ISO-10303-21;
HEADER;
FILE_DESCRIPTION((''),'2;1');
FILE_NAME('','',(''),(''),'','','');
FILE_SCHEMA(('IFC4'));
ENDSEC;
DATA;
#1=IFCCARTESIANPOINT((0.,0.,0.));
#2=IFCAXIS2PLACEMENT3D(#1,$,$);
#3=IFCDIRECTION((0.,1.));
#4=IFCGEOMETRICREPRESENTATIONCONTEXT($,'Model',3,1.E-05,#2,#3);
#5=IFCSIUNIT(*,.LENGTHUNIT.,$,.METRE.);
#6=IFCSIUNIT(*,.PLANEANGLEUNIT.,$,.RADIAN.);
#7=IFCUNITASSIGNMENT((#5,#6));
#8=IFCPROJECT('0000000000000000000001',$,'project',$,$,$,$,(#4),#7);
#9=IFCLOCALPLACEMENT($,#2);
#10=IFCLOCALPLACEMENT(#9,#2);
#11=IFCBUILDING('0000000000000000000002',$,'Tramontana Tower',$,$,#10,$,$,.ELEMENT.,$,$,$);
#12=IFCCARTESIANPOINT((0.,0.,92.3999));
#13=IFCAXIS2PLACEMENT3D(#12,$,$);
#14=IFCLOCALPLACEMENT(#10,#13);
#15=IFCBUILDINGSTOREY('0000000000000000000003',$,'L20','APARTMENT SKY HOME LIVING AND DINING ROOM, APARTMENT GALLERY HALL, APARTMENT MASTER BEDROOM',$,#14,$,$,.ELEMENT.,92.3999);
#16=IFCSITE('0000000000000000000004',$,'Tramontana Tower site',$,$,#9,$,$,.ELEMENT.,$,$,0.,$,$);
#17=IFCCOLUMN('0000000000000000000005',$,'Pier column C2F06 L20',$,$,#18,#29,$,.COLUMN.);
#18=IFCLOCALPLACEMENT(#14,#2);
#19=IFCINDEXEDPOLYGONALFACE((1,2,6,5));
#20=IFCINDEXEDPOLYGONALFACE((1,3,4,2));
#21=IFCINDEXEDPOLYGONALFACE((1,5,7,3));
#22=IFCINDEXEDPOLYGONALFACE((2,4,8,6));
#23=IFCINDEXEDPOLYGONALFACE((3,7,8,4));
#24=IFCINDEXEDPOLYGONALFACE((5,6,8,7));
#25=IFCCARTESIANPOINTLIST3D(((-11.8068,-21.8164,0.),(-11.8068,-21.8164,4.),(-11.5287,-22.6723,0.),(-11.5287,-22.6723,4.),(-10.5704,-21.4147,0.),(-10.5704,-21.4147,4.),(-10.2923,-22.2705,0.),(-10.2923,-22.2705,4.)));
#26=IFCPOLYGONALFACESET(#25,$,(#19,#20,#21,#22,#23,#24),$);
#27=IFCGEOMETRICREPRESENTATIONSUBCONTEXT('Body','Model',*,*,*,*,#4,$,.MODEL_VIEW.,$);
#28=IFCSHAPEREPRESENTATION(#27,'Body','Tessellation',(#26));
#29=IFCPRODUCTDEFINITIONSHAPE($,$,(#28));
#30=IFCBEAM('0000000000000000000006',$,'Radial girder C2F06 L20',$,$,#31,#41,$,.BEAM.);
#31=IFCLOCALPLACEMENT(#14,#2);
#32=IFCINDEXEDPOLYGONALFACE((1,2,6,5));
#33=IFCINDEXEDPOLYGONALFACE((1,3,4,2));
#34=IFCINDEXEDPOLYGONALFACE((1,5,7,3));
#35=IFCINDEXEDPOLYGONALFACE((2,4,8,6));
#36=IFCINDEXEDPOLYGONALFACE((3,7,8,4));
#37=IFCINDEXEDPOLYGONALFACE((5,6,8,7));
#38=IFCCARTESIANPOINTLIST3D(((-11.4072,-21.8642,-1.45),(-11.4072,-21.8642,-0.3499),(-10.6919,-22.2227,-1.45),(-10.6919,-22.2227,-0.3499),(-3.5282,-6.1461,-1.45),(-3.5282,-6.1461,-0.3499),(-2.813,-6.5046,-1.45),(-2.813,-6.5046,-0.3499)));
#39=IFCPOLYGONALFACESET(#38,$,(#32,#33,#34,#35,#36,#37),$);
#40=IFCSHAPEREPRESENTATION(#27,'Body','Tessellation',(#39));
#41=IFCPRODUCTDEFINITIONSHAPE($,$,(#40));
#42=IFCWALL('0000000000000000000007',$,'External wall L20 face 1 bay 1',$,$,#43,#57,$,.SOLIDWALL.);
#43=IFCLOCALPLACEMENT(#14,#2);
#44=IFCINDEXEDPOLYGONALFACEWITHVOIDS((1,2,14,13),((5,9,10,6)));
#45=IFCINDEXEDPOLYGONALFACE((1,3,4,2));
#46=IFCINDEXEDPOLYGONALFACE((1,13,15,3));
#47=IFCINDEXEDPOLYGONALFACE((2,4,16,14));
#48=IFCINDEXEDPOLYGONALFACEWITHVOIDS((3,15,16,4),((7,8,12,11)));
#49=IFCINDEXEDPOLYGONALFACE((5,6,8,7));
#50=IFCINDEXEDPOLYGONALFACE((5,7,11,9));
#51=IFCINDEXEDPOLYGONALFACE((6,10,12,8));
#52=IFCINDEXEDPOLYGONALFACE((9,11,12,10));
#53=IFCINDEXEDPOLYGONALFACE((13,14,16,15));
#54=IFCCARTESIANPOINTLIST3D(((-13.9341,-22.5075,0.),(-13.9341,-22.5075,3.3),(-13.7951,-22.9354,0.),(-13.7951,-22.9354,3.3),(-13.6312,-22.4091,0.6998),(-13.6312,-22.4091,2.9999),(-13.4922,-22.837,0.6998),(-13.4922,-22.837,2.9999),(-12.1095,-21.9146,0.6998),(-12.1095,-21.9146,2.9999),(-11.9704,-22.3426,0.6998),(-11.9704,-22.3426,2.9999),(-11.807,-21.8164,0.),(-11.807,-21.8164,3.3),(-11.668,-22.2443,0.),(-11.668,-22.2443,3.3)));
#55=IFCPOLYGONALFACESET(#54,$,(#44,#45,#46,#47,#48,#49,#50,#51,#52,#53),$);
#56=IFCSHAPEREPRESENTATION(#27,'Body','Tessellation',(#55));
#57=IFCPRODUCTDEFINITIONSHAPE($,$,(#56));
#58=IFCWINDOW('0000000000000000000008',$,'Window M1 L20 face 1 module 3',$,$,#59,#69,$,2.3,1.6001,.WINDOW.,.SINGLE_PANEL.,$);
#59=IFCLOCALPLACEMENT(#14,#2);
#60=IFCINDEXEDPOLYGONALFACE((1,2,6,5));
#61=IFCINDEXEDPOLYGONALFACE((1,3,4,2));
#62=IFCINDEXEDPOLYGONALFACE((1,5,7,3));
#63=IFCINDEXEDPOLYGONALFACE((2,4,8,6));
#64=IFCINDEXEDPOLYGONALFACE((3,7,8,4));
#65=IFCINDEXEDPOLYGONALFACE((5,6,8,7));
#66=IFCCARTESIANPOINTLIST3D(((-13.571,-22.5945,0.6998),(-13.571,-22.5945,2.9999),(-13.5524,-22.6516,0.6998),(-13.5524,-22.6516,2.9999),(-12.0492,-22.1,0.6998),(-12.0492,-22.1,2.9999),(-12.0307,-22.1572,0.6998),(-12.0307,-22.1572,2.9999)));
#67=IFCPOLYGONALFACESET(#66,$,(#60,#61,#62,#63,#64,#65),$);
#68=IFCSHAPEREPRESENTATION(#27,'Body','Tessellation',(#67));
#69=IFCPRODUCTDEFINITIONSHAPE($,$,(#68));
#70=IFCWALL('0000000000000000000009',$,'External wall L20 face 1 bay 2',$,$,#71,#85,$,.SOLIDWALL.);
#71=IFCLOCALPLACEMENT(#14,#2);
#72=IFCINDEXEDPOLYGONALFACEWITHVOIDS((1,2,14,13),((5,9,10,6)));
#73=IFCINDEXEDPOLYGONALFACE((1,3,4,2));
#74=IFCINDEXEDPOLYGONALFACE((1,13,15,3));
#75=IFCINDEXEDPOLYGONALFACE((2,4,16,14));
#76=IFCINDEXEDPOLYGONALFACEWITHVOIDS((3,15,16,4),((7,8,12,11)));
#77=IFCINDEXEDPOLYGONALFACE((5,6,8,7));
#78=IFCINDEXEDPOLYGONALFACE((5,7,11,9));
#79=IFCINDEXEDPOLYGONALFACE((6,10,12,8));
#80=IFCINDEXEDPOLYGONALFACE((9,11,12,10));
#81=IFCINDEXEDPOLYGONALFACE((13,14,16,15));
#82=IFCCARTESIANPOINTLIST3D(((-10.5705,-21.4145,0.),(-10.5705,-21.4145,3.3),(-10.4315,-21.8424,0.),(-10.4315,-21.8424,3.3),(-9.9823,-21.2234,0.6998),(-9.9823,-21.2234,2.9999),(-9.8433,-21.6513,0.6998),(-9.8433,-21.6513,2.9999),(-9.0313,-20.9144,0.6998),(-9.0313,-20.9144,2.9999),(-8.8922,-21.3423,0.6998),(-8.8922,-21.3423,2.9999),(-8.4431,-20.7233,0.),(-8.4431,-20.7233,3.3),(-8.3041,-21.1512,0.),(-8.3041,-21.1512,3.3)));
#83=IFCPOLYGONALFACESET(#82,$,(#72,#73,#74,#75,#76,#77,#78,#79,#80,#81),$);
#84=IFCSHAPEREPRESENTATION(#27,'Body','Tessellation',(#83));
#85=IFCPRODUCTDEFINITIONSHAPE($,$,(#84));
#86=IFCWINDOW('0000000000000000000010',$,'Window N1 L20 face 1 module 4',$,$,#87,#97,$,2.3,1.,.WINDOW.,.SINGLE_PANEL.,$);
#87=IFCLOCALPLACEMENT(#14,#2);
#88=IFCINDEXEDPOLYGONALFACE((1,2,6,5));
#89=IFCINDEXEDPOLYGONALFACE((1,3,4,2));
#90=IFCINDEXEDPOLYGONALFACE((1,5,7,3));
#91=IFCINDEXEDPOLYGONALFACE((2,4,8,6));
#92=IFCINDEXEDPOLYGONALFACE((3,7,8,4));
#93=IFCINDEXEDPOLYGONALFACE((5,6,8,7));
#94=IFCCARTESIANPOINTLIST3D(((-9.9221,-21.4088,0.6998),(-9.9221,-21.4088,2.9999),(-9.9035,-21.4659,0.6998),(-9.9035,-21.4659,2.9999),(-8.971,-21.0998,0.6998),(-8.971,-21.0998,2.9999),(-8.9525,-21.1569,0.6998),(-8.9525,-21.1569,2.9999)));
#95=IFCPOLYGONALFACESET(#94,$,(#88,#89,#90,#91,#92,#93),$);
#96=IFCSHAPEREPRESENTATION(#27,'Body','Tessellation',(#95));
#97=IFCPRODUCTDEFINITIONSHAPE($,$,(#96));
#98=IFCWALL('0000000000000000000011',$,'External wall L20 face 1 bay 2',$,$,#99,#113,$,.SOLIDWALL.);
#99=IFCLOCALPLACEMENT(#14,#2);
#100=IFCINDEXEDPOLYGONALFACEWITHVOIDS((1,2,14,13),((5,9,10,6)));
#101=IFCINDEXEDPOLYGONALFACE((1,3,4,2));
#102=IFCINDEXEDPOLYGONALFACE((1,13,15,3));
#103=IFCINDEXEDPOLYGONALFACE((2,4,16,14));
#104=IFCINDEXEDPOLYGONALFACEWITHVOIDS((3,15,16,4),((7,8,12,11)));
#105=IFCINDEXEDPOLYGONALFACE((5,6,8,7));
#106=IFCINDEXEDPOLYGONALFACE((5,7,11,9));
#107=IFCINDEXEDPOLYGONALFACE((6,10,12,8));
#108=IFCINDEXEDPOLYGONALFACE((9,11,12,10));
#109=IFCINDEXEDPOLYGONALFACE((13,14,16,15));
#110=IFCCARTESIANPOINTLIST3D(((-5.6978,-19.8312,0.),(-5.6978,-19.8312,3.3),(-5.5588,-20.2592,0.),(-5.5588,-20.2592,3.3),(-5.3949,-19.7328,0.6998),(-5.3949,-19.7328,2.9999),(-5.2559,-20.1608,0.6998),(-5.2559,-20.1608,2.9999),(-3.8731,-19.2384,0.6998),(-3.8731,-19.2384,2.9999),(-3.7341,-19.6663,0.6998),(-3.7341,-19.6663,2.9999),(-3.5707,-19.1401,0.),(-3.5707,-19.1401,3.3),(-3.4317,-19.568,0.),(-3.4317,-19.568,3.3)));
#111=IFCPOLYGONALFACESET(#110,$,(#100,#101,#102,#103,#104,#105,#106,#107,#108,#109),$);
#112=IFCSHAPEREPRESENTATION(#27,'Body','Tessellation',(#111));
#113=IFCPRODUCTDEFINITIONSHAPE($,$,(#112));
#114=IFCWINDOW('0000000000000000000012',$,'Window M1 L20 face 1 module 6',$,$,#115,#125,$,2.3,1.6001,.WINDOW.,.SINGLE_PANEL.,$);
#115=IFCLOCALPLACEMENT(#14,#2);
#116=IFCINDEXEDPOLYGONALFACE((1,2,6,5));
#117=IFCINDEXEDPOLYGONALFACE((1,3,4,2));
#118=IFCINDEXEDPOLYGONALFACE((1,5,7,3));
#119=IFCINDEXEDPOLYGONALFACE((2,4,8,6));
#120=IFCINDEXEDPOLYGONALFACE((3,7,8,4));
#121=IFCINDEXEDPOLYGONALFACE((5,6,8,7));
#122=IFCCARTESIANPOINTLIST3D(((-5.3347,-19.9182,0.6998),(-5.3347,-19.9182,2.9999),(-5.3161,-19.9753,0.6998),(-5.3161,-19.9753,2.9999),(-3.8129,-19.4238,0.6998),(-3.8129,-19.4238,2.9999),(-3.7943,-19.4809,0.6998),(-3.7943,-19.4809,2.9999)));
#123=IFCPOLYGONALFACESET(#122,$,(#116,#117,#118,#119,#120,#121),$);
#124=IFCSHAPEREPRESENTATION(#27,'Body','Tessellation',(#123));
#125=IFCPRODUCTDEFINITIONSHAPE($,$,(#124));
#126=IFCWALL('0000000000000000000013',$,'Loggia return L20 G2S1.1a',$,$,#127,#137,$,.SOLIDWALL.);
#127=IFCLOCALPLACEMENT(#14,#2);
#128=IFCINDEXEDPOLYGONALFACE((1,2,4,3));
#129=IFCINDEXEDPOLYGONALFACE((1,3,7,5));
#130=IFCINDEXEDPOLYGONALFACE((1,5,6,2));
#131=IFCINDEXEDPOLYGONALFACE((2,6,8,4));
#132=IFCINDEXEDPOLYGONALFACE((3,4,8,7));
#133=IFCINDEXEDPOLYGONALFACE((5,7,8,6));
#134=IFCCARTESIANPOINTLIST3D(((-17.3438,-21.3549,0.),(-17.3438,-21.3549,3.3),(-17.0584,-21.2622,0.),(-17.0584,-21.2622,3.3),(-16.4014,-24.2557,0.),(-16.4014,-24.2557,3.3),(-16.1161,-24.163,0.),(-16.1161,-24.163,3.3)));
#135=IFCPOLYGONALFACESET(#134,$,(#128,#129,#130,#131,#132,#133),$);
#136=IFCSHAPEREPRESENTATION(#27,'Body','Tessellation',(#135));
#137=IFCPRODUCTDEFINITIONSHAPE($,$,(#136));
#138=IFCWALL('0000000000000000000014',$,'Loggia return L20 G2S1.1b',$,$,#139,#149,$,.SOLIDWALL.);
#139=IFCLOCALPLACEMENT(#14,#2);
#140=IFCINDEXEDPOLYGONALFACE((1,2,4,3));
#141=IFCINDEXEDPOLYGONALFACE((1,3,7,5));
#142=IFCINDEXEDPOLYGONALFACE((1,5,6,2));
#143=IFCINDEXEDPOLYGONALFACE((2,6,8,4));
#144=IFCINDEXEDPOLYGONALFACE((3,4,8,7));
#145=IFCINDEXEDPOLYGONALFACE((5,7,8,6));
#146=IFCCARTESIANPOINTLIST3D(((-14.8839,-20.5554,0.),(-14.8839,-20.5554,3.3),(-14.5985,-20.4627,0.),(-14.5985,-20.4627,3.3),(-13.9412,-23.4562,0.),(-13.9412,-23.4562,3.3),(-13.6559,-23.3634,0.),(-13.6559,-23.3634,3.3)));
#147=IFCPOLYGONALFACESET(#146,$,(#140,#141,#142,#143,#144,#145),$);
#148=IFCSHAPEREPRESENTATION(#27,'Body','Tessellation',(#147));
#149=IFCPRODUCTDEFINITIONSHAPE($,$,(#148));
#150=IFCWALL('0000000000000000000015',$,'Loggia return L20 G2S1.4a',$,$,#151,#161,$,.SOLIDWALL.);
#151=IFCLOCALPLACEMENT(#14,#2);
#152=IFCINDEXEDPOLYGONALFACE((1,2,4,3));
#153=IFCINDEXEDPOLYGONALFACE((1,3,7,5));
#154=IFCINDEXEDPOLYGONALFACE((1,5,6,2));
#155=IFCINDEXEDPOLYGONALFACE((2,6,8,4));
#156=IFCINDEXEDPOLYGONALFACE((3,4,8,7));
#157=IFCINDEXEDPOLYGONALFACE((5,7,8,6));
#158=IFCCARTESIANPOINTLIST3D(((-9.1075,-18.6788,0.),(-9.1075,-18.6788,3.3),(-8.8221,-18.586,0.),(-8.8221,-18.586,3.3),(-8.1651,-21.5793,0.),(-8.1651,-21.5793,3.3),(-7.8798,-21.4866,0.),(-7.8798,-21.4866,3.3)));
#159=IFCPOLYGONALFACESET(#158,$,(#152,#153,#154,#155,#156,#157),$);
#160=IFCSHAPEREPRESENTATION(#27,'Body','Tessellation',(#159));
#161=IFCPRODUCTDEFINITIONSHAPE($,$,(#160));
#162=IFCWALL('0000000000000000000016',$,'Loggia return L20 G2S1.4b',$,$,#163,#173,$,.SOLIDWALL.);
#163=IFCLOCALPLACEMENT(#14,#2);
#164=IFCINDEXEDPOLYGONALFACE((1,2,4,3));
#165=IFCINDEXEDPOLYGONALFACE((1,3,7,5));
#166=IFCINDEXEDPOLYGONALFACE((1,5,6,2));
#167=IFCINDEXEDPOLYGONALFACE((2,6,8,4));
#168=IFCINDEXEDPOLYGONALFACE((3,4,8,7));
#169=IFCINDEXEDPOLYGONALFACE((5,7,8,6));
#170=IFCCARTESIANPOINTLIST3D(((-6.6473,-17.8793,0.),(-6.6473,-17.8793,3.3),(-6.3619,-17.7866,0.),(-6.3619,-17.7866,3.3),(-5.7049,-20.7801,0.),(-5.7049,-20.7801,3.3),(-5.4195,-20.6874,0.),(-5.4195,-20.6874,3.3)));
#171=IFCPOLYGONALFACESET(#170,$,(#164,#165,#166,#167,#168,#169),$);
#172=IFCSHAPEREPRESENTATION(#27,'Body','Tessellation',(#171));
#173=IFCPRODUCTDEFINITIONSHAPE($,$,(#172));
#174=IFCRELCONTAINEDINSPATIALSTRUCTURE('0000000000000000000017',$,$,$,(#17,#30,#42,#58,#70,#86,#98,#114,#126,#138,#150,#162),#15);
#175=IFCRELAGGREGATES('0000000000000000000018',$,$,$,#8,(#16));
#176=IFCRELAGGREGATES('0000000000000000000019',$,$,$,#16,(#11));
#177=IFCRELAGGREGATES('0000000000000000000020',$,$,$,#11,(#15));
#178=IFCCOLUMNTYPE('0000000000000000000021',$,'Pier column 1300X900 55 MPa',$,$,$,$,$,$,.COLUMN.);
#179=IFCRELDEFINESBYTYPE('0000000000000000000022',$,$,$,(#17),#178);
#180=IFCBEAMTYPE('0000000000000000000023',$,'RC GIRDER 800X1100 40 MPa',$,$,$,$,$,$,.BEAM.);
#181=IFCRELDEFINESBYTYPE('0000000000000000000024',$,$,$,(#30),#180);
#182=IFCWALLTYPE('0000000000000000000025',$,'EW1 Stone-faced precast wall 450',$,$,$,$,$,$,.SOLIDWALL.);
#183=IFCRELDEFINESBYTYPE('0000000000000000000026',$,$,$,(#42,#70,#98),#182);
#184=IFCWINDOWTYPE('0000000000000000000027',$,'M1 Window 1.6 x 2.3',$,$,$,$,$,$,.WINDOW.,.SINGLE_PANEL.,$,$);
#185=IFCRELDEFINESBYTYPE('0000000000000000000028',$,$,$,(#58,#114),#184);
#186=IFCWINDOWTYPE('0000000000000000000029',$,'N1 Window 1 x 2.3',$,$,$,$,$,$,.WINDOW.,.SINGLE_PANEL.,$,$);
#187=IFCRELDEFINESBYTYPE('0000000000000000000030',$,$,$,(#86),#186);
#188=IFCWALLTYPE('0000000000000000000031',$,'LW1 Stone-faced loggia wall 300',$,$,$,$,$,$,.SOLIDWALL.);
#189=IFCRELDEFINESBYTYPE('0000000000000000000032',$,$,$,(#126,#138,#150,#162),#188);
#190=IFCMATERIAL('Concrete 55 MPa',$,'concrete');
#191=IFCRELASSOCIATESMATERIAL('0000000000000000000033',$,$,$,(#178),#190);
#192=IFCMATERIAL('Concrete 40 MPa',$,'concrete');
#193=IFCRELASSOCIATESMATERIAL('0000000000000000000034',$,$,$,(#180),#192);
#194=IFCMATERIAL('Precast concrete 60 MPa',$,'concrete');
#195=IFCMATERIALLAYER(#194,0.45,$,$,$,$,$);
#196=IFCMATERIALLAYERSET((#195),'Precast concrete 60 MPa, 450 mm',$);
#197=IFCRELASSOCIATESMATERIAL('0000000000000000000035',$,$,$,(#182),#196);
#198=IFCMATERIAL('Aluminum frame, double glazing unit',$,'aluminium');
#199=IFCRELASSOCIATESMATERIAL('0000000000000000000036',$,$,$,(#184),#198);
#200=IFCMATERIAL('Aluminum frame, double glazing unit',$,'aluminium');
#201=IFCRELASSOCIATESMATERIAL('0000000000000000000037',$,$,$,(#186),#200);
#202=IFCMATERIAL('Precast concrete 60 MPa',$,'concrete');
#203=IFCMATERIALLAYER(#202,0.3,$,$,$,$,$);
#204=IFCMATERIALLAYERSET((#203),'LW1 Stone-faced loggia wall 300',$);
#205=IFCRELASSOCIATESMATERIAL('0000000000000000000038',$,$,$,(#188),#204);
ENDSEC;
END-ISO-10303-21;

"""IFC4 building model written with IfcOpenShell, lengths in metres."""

from ifc_helpers import new_model, si_unit, direction, frame, frame_2d, origin, origin_2d, place, context, subcontext, project, spatial, rectangle, extrude, material, layer, layer_set, material_profile, profile_set, type_object, element, fill, save


model = new_model("IFC4")

# Units and contexts
model_context = context("Model", 3, precision=1e-05, world=origin(), true_north=direction((0.0, 1.0)))
body_context = subcontext(model_context, "Body", "Model", "MODEL_VIEW")
ifc_project = project(units=[si_unit("LENGTHUNIT", "METRE"), si_unit("PLANEANGLEUNIT", "RADIAN")], contexts=[model_context])

# Site, building, storey
site_placement = place(None, origin())
site = spatial("IfcSite", under=ifc_project, at=site_placement, Name="Tramontana Tower site", CompositionType="ELEMENT", RefElevation=0.0)
building_placement = place(site_placement, origin())
building = spatial("IfcBuilding", under=site, at=building_placement, Name="Tramontana Tower", CompositionType="ELEMENT")
storey_placement = place(building_placement, frame((0.0, 0.0, 92.3999)))
storey = spatial("IfcBuildingStorey", under=building, at=storey_placement, Name="L20", Description="APARTMENT SKY HOME LIVING AND DINING ROOM, APARTMENT GALLERY HALL, APARTMENT MASTER BEDROOM", CompositionType="ELEMENT", Elevation=92.3999)

# Column
ifc_material_1 = material(Name="Concrete 55 MPa", Category="concrete")
ifc_material_profile_1 = material_profile(ifc_material_1, rectangle(XDim=1.3, YDim=0.8999, at=origin_2d()), Name="Pier column 1300X900 55 MPa")
ifc_profile_set_1 = profile_set([ifc_material_profile_1], Name="Concrete 55 MPa")
column_type = type_object("IfcColumnType", Name="Pier column 1300X900 55 MPa", PredefinedType="COLUMN", material=ifc_profile_set_1)
column_placement = place(storey_placement, frame((-11.0496, -22.0435, 0.0), z_axis=(0.0, 0.0, 1.0), x_axis=(0.951057, 0.309017, 0.0)))
element("IfcColumn", 1, at=column_placement, inside=storey, type_object=column_type, Name="Pier column C2F06 L20", PredefinedType="COLUMN", context=body_context, shape_type="SweptSolid", body=[
    extrude(rectangle(XDim=1.3, YDim=0.8999, at=origin_2d()), origin(), (0.0, 0.0, 1.0), 4.0),
])

# Beam
ifc_material_2 = material(Name="Concrete 40 MPa", Category="concrete")
ifc_material_profile_2 = material_profile(ifc_material_2, rectangle(XDim=0.8, YDim=1.1001, at=origin_2d()), Name="RC GIRDER 800X1100 40 MPa")
ifc_profile_set_2 = profile_set([ifc_material_profile_2], Name="Concrete 40 MPa")
beam_type = type_object("IfcBeamType", Name="RC GIRDER 800X1100 40 MPa", PredefinedType="BEAM", material=ifc_profile_set_2)
beam_placement = place(storey_placement, frame((-11.0496, -22.0435, -0.8999), z_axis=(0.448119, 0.893974, 0.0), x_axis=(-0.893974, 0.448119, 0.0)))
element("IfcBeam", 2, at=beam_placement, inside=storey, type_object=beam_type, Name="Radial girder C2F06 L20", PredefinedType="BEAM", context=body_context, shape_type="SweptSolid", body=[
    extrude(rectangle(XDim=0.8, YDim=1.1001, at=origin_2d()), origin(), (0.0, 0.0, 1.0), 17.5823),
])

# Walls, openings, windows
ifc_material_3 = material(Name="Precast concrete 60 MPa", Category="concrete")
ifc_layer_1 = layer(ifc_material_3, 0.45)
ifc_layer_set_1 = layer_set([ifc_layer_1], Name="Precast concrete 60 MPa, 450 mm")
wall_type_1 = type_object("IfcWallType", Name="EW1 Stone-faced precast wall 450", PredefinedType="SOLIDWALL", material=ifc_layer_set_1)
wall_1_placement = place(storey_placement, frame((-13.8645, -22.7214, 0.0), z_axis=(0.0, 0.0, 1.0), x_axis=(0.951057, 0.309014, 0.0)))
wall_1 = element("IfcWall", 3, at=wall_1_placement, inside=storey, type_object=wall_type_1, Name="External wall L20 face 1 bay 1", PredefinedType="SOLIDWALL", context=body_context, shape_type="SweptSolid", body=[
    extrude(rectangle(XDim=2.2366, YDim=0.45, at=frame_2d((1.1182, 0.0))), origin(), (0.0, 0.0, 1.0), 3.3),
])
opening_1_placement = place(wall_1_placement, frame((0.3184, 0.0, 0.7)))
opening_1 = element("IfcOpeningElement", 4, at=opening_1_placement, cuts=wall_1, PredefinedType="OPENING", context=body_context, shape_type="SweptSolid", body=[
    extrude(rectangle(XDim=1.6001, YDim=2.3, at=frame_2d((0.8, 1.1499))), frame((0.0, 0.2349, 0.0), z_axis=(0.0, -1.0, 0.0), x_axis=(1.0, 0.0, 0.0)), (0.0, 0.0, 1.0), 0.47),
])
ifc_material_4 = material(Name="Aluminum frame, double glazing unit", Category="aluminium")
window_type_1 = type_object("IfcWindowType", Name="M1 Window 1.6 x 2.3", PartitioningType="SINGLE_PANEL", PredefinedType="WINDOW", material=ifc_material_4)
window_1_placement = place(opening_1_placement, origin())
window_1 = element("IfcWindow", 5, at=window_1_placement, inside=storey, type_object=window_type_1, Name="Window M1 L20 face 1 module 3", OverallHeight=2.3, OverallWidth=1.6001, PartitioningType="SINGLE_PANEL", PredefinedType="WINDOW", context=body_context, shape_type="SweptSolid", body=[
    extrude(rectangle(XDim=1.6001, YDim=2.3, at=frame_2d((0.8, 1.1499))), frame((0.0, 0.03, 0.0), z_axis=(0.0, -1.0, 0.0), x_axis=(1.0, 0.0, 0.0)), (0.0, 0.0, 1.0), 0.0601),
])
fill(opening_1, window_1)
wall_2_placement = place(storey_placement, frame((-10.501, -21.6284, 0.0), z_axis=(0.0, 0.0, 1.0), x_axis=(0.951068, 0.308982, 0.0)))
wall_2 = element("IfcWall", 6, at=wall_2_placement, inside=storey, type_object=wall_type_1, Name="External wall L20 face 1 bay 2", PredefinedType="SOLIDWALL", context=body_context, shape_type="SweptSolid", body=[
    extrude(rectangle(XDim=2.2368, YDim=0.45, at=frame_2d((1.1184, 0.0))), origin(), (0.0, 0.0, 1.0), 3.3),
])
opening_2_placement = place(wall_2_placement, frame((0.6184, 0.0, 0.7)))
opening_2 = element("IfcOpeningElement", 7, at=opening_2_placement, cuts=wall_2, PredefinedType="OPENING", context=body_context, shape_type="SweptSolid", body=[
    extrude(rectangle(XDim=1.0, YDim=2.3, at=frame_2d((0.5, 1.1499))), frame((0.0, 0.2349, 0.0), z_axis=(0.0, -1.0, 0.0), x_axis=(1.0, 0.0, 0.0)), (0.0, 0.0, 1.0), 0.47),
])
ifc_material_5 = material(Name="Aluminum frame, double glazing unit", Category="aluminium")
window_type_2 = type_object("IfcWindowType", Name="N1 Window 1 x 2.3", PartitioningType="SINGLE_PANEL", PredefinedType="WINDOW", material=ifc_material_5)
window_2_placement = place(opening_2_placement, origin())
window_2 = element("IfcWindow", 8, at=window_2_placement, inside=storey, type_object=window_type_2, Name="Window N1 L20 face 1 module 4", OverallHeight=2.3, OverallWidth=1.0, PartitioningType="SINGLE_PANEL", PredefinedType="WINDOW", context=body_context, shape_type="SweptSolid", body=[
    extrude(rectangle(XDim=1.0, YDim=2.3, at=frame_2d((0.5, 1.1499))), frame((0.0, 0.03, 0.0), z_axis=(0.0, -1.0, 0.0), x_axis=(1.0, 0.0, 0.0)), (0.0, 0.0, 1.0), 0.0601),
])
fill(opening_2, window_2)
wall_3_placement = place(storey_placement, frame((-5.6282, -20.0452, 0.0), z_axis=(0.0, 0.0, 1.0), x_axis=(0.951057, 0.309014, 0.0)))
wall_3 = element("IfcWall", 9, at=wall_3_placement, inside=storey, type_object=wall_type_1, Name="External wall L20 face 1 bay 2", PredefinedType="SOLIDWALL", context=body_context, shape_type="SweptSolid", body=[
    extrude(rectangle(XDim=2.2366, YDim=0.45, at=frame_2d((1.1182, 0.0))), origin(), (0.0, 0.0, 1.0), 3.3),
])
opening_3_placement = place(wall_3_placement, frame((0.3184, 0.0, 0.7)))
opening_3 = element("IfcOpeningElement", 10, at=opening_3_placement, cuts=wall_3, PredefinedType="OPENING", context=body_context, shape_type="SweptSolid", body=[
    extrude(rectangle(XDim=1.6001, YDim=2.3, at=frame_2d((0.8, 1.1499))), frame((0.0, 0.2349, 0.0), z_axis=(0.0, -1.0, 0.0), x_axis=(1.0, 0.0, 0.0)), (0.0, 0.0, 1.0), 0.47),
])
window_3_placement = place(opening_3_placement, origin())
window_3 = element("IfcWindow", 11, at=window_3_placement, inside=storey, type_object=window_type_1, Name="Window M1 L20 face 1 module 6", OverallHeight=2.3, OverallWidth=1.6001, PartitioningType="SINGLE_PANEL", PredefinedType="WINDOW", context=body_context, shape_type="SweptSolid", body=[
    extrude(rectangle(XDim=1.6001, YDim=2.3, at=frame_2d((0.8, 1.1499))), frame((0.0, 0.03, 0.0), z_axis=(0.0, -1.0, 0.0), x_axis=(1.0, 0.0, 0.0)), (0.0, 0.0, 1.0), 0.0601),
])
fill(opening_3, window_3)

# Walls
ifc_material_6 = material(Name="Precast concrete 60 MPa", Category="concrete")
ifc_layer_2 = layer(ifc_material_6, 0.3)
ifc_layer_set_2 = layer_set([ifc_layer_2], Name="LW1 Stone-faced loggia wall 300")
wall_type_2 = type_object("IfcWallType", Name="LW1 Stone-faced loggia wall 300", PredefinedType="SOLIDWALL", material=ifc_layer_set_2)
for number, where, z_axis, x_axis, name in (
    (12, (-16.2588, -24.2092, 0.0), (0.0, 0.0, 1.0), (-0.308967, 0.951073, 0.0), "Loggia return L20 G2S1.1a"),
    (13, (-13.7986, -23.4097, 0.0), (0.0, 0.0, 1.0), (-0.309063, 0.951042, 0.0), "Loggia return L20 G2S1.1b"),
):
    element("IfcWall", number, at=place(storey_placement, frame(where, z_axis=z_axis, x_axis=x_axis)), inside=storey, type_object=wall_type_2, Name=name, PredefinedType="SOLIDWALL", context=body_context, shape_type="SweptSolid", body=[
        extrude(rectangle(XDim=3.05, YDim=0.3, at=frame_2d((1.5249, 0.0))), origin(), (0.0, 0.0, 1.0), 3.3),
    ])

# Walls
wall_4_placement = place(storey_placement, frame((-8.0225, -21.533, 0.0), z_axis=(0.0, 0.0, 1.0), x_axis=(-0.30899, 0.951065, 0.0)))
element("IfcWall", 14, at=wall_4_placement, inside=storey, type_object=wall_type_2, Name="Loggia return L20 G2S1.4a", PredefinedType="SOLIDWALL", context=body_context, shape_type="SweptSolid", body=[
    extrude(rectangle(XDim=3.0498, YDim=0.3, at=frame_2d((1.5249, 0.0))), origin(), (0.0, 0.0, 1.0), 3.3),
])
wall_5_placement = place(storey_placement, frame((-5.5623, -20.7336, 0.0), z_axis=(0.0, 0.0, 1.0), x_axis=(-0.308967, 0.951073, 0.0)))
element("IfcWall", 15, at=wall_5_placement, inside=storey, type_object=wall_type_2, Name="Loggia return L20 G2S1.4b", PredefinedType="SOLIDWALL", context=body_context, shape_type="SweptSolid", body=[
    extrude(rectangle(XDim=3.05, YDim=0.3, at=frame_2d((1.5249, 0.0))), origin(), (0.0, 0.0, 1.0), 3.3),
])

save(model, "model.ifc")
